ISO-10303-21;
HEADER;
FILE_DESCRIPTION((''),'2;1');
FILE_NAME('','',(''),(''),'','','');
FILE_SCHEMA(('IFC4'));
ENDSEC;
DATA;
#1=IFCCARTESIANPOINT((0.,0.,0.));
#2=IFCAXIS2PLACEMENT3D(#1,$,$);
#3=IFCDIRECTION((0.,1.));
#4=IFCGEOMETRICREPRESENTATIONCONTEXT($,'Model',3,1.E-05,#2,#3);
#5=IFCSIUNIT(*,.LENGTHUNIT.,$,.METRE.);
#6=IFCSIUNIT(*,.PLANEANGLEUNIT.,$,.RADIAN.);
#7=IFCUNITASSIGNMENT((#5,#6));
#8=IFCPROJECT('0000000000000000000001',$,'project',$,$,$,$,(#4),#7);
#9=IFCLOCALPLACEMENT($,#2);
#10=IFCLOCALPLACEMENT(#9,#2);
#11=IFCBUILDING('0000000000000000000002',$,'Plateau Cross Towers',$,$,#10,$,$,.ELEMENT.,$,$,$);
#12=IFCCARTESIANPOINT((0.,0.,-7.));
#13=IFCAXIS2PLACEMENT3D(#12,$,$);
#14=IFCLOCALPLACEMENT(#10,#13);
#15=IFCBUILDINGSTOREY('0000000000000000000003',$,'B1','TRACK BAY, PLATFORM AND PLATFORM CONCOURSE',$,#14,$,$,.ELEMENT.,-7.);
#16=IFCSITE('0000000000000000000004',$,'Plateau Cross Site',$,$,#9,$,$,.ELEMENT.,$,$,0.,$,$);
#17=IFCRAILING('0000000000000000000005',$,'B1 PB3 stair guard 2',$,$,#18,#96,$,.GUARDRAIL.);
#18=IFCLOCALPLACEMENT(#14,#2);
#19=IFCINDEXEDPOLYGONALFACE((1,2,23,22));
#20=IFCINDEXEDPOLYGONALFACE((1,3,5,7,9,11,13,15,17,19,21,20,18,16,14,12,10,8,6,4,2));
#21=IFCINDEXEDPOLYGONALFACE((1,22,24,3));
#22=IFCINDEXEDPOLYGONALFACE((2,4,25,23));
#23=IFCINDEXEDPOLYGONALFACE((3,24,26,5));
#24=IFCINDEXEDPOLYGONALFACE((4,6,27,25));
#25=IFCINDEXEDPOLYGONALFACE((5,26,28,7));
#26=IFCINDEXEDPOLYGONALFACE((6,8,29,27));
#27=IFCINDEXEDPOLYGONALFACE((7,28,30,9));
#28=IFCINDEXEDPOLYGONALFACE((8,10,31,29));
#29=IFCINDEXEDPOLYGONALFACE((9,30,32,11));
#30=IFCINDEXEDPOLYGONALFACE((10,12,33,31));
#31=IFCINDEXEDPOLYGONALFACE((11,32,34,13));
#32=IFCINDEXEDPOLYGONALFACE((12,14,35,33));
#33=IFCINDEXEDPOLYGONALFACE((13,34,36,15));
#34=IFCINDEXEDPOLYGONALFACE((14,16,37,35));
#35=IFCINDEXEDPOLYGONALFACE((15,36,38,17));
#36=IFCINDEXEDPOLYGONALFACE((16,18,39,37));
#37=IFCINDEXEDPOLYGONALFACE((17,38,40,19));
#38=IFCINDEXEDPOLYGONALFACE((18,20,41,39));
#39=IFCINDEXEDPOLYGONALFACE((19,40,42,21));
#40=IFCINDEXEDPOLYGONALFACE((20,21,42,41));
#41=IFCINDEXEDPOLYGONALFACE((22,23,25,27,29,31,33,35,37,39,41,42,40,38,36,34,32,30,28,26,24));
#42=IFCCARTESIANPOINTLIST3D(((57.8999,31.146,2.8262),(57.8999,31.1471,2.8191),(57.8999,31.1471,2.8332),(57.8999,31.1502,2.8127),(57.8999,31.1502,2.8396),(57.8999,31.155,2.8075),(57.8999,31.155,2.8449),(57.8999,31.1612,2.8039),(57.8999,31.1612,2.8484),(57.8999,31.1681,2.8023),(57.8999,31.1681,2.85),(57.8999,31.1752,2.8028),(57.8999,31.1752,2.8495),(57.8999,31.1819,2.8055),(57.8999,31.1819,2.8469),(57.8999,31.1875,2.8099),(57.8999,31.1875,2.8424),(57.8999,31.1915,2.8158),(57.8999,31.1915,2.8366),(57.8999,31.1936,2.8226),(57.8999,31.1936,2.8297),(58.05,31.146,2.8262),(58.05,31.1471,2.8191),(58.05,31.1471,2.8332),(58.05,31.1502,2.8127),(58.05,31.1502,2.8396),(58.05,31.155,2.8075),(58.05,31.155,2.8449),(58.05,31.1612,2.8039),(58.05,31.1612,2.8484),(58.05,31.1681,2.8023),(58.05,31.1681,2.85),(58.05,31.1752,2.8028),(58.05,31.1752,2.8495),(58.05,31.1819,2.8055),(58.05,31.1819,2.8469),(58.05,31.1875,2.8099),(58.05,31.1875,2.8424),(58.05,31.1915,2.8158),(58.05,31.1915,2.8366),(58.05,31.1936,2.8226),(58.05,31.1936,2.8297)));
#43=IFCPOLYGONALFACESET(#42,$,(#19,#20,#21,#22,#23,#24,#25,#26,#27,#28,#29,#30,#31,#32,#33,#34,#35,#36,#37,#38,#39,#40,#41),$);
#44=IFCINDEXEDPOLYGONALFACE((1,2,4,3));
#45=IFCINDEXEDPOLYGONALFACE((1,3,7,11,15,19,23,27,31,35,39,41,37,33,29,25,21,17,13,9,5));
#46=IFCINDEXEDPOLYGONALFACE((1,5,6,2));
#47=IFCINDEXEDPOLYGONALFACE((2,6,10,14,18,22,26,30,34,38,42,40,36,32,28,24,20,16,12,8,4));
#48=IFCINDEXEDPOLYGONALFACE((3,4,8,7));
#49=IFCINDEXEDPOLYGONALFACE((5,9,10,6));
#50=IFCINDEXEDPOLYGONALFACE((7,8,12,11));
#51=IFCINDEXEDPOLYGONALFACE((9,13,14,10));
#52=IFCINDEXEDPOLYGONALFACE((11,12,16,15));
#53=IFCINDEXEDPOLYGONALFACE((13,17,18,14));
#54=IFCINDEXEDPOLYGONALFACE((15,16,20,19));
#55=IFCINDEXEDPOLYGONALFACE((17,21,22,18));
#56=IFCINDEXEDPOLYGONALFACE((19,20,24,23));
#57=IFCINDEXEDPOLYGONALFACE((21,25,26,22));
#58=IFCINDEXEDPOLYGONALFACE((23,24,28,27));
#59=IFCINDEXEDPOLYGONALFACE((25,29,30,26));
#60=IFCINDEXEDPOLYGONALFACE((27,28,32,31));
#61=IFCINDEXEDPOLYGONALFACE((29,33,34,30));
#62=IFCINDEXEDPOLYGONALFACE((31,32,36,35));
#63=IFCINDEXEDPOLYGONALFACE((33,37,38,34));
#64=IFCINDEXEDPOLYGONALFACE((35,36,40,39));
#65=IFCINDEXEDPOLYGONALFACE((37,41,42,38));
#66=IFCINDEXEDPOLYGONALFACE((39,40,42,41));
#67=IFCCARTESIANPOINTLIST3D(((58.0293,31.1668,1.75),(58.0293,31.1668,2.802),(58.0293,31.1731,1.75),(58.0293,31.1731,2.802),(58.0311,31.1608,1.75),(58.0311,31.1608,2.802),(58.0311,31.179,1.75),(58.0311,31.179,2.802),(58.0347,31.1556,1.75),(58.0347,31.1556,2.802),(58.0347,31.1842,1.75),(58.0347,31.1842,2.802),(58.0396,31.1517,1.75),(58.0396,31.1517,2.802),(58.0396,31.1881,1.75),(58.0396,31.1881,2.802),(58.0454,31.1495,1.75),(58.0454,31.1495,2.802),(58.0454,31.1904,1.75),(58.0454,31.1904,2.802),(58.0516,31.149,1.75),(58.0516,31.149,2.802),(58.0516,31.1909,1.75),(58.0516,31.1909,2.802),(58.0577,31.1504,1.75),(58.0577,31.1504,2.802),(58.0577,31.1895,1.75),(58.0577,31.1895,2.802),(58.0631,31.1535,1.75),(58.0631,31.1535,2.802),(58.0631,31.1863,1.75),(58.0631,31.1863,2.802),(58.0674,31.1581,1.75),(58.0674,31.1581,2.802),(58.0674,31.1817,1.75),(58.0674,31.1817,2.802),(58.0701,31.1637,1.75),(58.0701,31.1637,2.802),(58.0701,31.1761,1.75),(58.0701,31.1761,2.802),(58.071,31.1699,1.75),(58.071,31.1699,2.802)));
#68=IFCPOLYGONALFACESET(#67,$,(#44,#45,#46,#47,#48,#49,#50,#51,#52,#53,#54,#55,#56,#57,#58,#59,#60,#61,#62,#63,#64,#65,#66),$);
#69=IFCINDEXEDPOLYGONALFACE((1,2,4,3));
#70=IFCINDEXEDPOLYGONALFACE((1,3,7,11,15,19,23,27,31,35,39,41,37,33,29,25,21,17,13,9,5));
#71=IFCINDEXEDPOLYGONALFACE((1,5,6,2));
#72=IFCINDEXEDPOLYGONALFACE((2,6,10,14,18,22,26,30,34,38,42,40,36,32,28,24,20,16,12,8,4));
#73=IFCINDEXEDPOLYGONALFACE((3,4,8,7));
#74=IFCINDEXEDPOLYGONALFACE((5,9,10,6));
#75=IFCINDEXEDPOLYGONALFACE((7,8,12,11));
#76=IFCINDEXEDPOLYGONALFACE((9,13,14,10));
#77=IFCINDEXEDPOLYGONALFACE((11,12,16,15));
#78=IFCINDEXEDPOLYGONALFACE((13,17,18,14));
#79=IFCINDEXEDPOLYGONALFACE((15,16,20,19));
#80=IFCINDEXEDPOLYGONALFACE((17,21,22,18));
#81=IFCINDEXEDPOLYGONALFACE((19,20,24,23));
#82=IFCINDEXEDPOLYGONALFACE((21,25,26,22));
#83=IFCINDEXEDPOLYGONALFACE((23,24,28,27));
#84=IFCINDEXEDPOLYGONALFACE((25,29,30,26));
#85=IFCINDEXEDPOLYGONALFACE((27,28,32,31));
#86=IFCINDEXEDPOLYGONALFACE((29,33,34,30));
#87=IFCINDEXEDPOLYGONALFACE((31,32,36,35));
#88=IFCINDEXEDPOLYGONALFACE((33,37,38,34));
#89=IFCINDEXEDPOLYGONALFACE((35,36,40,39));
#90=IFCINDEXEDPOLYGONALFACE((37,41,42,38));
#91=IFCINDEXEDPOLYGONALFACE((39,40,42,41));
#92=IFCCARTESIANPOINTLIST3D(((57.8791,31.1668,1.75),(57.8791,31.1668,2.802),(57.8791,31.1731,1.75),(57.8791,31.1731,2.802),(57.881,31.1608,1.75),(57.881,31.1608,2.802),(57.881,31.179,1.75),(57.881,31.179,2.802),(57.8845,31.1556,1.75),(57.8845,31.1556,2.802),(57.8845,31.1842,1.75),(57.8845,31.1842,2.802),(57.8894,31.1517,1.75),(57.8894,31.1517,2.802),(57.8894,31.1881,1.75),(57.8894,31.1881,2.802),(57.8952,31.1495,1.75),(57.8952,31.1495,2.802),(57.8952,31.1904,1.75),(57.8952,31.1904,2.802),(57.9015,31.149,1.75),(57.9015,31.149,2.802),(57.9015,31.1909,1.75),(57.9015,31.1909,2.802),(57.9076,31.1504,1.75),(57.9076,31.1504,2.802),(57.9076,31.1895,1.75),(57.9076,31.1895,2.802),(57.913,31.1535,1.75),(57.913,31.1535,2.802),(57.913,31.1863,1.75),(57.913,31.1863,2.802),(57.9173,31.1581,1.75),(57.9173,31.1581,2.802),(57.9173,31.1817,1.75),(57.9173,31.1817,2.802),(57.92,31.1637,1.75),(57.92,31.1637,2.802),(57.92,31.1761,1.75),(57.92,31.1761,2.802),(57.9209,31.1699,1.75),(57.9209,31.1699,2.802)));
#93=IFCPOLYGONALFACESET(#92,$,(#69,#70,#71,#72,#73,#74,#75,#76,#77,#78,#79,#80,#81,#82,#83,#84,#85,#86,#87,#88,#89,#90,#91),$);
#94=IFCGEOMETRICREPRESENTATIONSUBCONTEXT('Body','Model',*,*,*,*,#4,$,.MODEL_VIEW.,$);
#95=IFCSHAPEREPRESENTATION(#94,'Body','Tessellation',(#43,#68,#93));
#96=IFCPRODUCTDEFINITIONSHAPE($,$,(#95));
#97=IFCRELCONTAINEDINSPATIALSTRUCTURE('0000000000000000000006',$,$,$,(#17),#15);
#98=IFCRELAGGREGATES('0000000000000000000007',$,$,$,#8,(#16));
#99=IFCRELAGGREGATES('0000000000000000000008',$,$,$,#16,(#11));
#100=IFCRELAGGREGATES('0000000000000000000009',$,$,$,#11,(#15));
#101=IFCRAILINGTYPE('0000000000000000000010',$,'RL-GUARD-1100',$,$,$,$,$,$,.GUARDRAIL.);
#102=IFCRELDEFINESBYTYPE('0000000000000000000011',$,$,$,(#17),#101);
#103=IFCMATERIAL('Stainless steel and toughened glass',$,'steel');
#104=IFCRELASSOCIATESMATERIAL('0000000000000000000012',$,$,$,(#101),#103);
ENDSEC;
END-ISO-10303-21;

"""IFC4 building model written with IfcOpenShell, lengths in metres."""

from ifc_helpers import new_model, si_unit, direction, frame, origin, origin_2d, place, context, subcontext, project, spatial, circle, extrude, material, type_object, element, save


model = new_model("IFC4")

# Units and contexts
model_context = context("Model", 3, precision=1e-05, world=origin(), true_north=direction((0.0, 1.0)))
body_context = subcontext(model_context, "Body", "Model", "MODEL_VIEW")
ifc_project = project(units=[si_unit("LENGTHUNIT", "METRE"), si_unit("PLANEANGLEUNIT", "RADIAN")], contexts=[model_context])

# Site, building, storey
site_placement = place(None, origin())
site = spatial("IfcSite", under=ifc_project, at=site_placement, Name="Plateau Cross Site", CompositionType="ELEMENT", RefElevation=0.0)
building_placement = place(site_placement, origin())
building = spatial("IfcBuilding", under=site, at=building_placement, Name="Plateau Cross Towers", CompositionType="ELEMENT")
storey_placement = place(building_placement, frame((0.0, 0.0, -7.0)))
storey = spatial("IfcBuildingStorey", under=building, at=storey_placement, Name="B1", Description="TRACK BAY, PLATFORM AND PLATFORM CONCOURSE", CompositionType="ELEMENT", Elevation=-7.0)

# Railing
ifc_material_1 = material(Name="Stainless steel and toughened glass", Category="steel")
railing_type_1 = type_object("IfcRailingType", Name="RL-GUARD-1100", PredefinedType="GUARDRAIL", material=ifc_material_1)
railing_1_placement = place(storey_placement, frame((58.05, 31.1699, 1.75)))
element("IfcRailing", 1, at=railing_1_placement, inside=storey, type_object=railing_type_1, Name="B1 PB3 stair guard 2", PredefinedType="GUARDRAIL", context=body_context, shape_type="SweptSolid", body=[
    extrude(circle(Radius=0.0239, at=origin_2d()), frame((0.0, 0.0, 1.0762), z_axis=(-1.0, 0.0, 0.0), x_axis=(0.0, -1.0, 0.0)), (0.0, 0.0, 1.0), 0.1501),
    extrude(circle(Radius=0.021, at=origin_2d()), origin(), (0.0, 0.0, 1.0), 1.052),
    extrude(circle(Radius=0.021, at=origin_2d()), frame((-0.1501, 0.0, 0.0)), (0.0, 0.0, 1.0), 1.052),
])

save(model, "model.ifc")
